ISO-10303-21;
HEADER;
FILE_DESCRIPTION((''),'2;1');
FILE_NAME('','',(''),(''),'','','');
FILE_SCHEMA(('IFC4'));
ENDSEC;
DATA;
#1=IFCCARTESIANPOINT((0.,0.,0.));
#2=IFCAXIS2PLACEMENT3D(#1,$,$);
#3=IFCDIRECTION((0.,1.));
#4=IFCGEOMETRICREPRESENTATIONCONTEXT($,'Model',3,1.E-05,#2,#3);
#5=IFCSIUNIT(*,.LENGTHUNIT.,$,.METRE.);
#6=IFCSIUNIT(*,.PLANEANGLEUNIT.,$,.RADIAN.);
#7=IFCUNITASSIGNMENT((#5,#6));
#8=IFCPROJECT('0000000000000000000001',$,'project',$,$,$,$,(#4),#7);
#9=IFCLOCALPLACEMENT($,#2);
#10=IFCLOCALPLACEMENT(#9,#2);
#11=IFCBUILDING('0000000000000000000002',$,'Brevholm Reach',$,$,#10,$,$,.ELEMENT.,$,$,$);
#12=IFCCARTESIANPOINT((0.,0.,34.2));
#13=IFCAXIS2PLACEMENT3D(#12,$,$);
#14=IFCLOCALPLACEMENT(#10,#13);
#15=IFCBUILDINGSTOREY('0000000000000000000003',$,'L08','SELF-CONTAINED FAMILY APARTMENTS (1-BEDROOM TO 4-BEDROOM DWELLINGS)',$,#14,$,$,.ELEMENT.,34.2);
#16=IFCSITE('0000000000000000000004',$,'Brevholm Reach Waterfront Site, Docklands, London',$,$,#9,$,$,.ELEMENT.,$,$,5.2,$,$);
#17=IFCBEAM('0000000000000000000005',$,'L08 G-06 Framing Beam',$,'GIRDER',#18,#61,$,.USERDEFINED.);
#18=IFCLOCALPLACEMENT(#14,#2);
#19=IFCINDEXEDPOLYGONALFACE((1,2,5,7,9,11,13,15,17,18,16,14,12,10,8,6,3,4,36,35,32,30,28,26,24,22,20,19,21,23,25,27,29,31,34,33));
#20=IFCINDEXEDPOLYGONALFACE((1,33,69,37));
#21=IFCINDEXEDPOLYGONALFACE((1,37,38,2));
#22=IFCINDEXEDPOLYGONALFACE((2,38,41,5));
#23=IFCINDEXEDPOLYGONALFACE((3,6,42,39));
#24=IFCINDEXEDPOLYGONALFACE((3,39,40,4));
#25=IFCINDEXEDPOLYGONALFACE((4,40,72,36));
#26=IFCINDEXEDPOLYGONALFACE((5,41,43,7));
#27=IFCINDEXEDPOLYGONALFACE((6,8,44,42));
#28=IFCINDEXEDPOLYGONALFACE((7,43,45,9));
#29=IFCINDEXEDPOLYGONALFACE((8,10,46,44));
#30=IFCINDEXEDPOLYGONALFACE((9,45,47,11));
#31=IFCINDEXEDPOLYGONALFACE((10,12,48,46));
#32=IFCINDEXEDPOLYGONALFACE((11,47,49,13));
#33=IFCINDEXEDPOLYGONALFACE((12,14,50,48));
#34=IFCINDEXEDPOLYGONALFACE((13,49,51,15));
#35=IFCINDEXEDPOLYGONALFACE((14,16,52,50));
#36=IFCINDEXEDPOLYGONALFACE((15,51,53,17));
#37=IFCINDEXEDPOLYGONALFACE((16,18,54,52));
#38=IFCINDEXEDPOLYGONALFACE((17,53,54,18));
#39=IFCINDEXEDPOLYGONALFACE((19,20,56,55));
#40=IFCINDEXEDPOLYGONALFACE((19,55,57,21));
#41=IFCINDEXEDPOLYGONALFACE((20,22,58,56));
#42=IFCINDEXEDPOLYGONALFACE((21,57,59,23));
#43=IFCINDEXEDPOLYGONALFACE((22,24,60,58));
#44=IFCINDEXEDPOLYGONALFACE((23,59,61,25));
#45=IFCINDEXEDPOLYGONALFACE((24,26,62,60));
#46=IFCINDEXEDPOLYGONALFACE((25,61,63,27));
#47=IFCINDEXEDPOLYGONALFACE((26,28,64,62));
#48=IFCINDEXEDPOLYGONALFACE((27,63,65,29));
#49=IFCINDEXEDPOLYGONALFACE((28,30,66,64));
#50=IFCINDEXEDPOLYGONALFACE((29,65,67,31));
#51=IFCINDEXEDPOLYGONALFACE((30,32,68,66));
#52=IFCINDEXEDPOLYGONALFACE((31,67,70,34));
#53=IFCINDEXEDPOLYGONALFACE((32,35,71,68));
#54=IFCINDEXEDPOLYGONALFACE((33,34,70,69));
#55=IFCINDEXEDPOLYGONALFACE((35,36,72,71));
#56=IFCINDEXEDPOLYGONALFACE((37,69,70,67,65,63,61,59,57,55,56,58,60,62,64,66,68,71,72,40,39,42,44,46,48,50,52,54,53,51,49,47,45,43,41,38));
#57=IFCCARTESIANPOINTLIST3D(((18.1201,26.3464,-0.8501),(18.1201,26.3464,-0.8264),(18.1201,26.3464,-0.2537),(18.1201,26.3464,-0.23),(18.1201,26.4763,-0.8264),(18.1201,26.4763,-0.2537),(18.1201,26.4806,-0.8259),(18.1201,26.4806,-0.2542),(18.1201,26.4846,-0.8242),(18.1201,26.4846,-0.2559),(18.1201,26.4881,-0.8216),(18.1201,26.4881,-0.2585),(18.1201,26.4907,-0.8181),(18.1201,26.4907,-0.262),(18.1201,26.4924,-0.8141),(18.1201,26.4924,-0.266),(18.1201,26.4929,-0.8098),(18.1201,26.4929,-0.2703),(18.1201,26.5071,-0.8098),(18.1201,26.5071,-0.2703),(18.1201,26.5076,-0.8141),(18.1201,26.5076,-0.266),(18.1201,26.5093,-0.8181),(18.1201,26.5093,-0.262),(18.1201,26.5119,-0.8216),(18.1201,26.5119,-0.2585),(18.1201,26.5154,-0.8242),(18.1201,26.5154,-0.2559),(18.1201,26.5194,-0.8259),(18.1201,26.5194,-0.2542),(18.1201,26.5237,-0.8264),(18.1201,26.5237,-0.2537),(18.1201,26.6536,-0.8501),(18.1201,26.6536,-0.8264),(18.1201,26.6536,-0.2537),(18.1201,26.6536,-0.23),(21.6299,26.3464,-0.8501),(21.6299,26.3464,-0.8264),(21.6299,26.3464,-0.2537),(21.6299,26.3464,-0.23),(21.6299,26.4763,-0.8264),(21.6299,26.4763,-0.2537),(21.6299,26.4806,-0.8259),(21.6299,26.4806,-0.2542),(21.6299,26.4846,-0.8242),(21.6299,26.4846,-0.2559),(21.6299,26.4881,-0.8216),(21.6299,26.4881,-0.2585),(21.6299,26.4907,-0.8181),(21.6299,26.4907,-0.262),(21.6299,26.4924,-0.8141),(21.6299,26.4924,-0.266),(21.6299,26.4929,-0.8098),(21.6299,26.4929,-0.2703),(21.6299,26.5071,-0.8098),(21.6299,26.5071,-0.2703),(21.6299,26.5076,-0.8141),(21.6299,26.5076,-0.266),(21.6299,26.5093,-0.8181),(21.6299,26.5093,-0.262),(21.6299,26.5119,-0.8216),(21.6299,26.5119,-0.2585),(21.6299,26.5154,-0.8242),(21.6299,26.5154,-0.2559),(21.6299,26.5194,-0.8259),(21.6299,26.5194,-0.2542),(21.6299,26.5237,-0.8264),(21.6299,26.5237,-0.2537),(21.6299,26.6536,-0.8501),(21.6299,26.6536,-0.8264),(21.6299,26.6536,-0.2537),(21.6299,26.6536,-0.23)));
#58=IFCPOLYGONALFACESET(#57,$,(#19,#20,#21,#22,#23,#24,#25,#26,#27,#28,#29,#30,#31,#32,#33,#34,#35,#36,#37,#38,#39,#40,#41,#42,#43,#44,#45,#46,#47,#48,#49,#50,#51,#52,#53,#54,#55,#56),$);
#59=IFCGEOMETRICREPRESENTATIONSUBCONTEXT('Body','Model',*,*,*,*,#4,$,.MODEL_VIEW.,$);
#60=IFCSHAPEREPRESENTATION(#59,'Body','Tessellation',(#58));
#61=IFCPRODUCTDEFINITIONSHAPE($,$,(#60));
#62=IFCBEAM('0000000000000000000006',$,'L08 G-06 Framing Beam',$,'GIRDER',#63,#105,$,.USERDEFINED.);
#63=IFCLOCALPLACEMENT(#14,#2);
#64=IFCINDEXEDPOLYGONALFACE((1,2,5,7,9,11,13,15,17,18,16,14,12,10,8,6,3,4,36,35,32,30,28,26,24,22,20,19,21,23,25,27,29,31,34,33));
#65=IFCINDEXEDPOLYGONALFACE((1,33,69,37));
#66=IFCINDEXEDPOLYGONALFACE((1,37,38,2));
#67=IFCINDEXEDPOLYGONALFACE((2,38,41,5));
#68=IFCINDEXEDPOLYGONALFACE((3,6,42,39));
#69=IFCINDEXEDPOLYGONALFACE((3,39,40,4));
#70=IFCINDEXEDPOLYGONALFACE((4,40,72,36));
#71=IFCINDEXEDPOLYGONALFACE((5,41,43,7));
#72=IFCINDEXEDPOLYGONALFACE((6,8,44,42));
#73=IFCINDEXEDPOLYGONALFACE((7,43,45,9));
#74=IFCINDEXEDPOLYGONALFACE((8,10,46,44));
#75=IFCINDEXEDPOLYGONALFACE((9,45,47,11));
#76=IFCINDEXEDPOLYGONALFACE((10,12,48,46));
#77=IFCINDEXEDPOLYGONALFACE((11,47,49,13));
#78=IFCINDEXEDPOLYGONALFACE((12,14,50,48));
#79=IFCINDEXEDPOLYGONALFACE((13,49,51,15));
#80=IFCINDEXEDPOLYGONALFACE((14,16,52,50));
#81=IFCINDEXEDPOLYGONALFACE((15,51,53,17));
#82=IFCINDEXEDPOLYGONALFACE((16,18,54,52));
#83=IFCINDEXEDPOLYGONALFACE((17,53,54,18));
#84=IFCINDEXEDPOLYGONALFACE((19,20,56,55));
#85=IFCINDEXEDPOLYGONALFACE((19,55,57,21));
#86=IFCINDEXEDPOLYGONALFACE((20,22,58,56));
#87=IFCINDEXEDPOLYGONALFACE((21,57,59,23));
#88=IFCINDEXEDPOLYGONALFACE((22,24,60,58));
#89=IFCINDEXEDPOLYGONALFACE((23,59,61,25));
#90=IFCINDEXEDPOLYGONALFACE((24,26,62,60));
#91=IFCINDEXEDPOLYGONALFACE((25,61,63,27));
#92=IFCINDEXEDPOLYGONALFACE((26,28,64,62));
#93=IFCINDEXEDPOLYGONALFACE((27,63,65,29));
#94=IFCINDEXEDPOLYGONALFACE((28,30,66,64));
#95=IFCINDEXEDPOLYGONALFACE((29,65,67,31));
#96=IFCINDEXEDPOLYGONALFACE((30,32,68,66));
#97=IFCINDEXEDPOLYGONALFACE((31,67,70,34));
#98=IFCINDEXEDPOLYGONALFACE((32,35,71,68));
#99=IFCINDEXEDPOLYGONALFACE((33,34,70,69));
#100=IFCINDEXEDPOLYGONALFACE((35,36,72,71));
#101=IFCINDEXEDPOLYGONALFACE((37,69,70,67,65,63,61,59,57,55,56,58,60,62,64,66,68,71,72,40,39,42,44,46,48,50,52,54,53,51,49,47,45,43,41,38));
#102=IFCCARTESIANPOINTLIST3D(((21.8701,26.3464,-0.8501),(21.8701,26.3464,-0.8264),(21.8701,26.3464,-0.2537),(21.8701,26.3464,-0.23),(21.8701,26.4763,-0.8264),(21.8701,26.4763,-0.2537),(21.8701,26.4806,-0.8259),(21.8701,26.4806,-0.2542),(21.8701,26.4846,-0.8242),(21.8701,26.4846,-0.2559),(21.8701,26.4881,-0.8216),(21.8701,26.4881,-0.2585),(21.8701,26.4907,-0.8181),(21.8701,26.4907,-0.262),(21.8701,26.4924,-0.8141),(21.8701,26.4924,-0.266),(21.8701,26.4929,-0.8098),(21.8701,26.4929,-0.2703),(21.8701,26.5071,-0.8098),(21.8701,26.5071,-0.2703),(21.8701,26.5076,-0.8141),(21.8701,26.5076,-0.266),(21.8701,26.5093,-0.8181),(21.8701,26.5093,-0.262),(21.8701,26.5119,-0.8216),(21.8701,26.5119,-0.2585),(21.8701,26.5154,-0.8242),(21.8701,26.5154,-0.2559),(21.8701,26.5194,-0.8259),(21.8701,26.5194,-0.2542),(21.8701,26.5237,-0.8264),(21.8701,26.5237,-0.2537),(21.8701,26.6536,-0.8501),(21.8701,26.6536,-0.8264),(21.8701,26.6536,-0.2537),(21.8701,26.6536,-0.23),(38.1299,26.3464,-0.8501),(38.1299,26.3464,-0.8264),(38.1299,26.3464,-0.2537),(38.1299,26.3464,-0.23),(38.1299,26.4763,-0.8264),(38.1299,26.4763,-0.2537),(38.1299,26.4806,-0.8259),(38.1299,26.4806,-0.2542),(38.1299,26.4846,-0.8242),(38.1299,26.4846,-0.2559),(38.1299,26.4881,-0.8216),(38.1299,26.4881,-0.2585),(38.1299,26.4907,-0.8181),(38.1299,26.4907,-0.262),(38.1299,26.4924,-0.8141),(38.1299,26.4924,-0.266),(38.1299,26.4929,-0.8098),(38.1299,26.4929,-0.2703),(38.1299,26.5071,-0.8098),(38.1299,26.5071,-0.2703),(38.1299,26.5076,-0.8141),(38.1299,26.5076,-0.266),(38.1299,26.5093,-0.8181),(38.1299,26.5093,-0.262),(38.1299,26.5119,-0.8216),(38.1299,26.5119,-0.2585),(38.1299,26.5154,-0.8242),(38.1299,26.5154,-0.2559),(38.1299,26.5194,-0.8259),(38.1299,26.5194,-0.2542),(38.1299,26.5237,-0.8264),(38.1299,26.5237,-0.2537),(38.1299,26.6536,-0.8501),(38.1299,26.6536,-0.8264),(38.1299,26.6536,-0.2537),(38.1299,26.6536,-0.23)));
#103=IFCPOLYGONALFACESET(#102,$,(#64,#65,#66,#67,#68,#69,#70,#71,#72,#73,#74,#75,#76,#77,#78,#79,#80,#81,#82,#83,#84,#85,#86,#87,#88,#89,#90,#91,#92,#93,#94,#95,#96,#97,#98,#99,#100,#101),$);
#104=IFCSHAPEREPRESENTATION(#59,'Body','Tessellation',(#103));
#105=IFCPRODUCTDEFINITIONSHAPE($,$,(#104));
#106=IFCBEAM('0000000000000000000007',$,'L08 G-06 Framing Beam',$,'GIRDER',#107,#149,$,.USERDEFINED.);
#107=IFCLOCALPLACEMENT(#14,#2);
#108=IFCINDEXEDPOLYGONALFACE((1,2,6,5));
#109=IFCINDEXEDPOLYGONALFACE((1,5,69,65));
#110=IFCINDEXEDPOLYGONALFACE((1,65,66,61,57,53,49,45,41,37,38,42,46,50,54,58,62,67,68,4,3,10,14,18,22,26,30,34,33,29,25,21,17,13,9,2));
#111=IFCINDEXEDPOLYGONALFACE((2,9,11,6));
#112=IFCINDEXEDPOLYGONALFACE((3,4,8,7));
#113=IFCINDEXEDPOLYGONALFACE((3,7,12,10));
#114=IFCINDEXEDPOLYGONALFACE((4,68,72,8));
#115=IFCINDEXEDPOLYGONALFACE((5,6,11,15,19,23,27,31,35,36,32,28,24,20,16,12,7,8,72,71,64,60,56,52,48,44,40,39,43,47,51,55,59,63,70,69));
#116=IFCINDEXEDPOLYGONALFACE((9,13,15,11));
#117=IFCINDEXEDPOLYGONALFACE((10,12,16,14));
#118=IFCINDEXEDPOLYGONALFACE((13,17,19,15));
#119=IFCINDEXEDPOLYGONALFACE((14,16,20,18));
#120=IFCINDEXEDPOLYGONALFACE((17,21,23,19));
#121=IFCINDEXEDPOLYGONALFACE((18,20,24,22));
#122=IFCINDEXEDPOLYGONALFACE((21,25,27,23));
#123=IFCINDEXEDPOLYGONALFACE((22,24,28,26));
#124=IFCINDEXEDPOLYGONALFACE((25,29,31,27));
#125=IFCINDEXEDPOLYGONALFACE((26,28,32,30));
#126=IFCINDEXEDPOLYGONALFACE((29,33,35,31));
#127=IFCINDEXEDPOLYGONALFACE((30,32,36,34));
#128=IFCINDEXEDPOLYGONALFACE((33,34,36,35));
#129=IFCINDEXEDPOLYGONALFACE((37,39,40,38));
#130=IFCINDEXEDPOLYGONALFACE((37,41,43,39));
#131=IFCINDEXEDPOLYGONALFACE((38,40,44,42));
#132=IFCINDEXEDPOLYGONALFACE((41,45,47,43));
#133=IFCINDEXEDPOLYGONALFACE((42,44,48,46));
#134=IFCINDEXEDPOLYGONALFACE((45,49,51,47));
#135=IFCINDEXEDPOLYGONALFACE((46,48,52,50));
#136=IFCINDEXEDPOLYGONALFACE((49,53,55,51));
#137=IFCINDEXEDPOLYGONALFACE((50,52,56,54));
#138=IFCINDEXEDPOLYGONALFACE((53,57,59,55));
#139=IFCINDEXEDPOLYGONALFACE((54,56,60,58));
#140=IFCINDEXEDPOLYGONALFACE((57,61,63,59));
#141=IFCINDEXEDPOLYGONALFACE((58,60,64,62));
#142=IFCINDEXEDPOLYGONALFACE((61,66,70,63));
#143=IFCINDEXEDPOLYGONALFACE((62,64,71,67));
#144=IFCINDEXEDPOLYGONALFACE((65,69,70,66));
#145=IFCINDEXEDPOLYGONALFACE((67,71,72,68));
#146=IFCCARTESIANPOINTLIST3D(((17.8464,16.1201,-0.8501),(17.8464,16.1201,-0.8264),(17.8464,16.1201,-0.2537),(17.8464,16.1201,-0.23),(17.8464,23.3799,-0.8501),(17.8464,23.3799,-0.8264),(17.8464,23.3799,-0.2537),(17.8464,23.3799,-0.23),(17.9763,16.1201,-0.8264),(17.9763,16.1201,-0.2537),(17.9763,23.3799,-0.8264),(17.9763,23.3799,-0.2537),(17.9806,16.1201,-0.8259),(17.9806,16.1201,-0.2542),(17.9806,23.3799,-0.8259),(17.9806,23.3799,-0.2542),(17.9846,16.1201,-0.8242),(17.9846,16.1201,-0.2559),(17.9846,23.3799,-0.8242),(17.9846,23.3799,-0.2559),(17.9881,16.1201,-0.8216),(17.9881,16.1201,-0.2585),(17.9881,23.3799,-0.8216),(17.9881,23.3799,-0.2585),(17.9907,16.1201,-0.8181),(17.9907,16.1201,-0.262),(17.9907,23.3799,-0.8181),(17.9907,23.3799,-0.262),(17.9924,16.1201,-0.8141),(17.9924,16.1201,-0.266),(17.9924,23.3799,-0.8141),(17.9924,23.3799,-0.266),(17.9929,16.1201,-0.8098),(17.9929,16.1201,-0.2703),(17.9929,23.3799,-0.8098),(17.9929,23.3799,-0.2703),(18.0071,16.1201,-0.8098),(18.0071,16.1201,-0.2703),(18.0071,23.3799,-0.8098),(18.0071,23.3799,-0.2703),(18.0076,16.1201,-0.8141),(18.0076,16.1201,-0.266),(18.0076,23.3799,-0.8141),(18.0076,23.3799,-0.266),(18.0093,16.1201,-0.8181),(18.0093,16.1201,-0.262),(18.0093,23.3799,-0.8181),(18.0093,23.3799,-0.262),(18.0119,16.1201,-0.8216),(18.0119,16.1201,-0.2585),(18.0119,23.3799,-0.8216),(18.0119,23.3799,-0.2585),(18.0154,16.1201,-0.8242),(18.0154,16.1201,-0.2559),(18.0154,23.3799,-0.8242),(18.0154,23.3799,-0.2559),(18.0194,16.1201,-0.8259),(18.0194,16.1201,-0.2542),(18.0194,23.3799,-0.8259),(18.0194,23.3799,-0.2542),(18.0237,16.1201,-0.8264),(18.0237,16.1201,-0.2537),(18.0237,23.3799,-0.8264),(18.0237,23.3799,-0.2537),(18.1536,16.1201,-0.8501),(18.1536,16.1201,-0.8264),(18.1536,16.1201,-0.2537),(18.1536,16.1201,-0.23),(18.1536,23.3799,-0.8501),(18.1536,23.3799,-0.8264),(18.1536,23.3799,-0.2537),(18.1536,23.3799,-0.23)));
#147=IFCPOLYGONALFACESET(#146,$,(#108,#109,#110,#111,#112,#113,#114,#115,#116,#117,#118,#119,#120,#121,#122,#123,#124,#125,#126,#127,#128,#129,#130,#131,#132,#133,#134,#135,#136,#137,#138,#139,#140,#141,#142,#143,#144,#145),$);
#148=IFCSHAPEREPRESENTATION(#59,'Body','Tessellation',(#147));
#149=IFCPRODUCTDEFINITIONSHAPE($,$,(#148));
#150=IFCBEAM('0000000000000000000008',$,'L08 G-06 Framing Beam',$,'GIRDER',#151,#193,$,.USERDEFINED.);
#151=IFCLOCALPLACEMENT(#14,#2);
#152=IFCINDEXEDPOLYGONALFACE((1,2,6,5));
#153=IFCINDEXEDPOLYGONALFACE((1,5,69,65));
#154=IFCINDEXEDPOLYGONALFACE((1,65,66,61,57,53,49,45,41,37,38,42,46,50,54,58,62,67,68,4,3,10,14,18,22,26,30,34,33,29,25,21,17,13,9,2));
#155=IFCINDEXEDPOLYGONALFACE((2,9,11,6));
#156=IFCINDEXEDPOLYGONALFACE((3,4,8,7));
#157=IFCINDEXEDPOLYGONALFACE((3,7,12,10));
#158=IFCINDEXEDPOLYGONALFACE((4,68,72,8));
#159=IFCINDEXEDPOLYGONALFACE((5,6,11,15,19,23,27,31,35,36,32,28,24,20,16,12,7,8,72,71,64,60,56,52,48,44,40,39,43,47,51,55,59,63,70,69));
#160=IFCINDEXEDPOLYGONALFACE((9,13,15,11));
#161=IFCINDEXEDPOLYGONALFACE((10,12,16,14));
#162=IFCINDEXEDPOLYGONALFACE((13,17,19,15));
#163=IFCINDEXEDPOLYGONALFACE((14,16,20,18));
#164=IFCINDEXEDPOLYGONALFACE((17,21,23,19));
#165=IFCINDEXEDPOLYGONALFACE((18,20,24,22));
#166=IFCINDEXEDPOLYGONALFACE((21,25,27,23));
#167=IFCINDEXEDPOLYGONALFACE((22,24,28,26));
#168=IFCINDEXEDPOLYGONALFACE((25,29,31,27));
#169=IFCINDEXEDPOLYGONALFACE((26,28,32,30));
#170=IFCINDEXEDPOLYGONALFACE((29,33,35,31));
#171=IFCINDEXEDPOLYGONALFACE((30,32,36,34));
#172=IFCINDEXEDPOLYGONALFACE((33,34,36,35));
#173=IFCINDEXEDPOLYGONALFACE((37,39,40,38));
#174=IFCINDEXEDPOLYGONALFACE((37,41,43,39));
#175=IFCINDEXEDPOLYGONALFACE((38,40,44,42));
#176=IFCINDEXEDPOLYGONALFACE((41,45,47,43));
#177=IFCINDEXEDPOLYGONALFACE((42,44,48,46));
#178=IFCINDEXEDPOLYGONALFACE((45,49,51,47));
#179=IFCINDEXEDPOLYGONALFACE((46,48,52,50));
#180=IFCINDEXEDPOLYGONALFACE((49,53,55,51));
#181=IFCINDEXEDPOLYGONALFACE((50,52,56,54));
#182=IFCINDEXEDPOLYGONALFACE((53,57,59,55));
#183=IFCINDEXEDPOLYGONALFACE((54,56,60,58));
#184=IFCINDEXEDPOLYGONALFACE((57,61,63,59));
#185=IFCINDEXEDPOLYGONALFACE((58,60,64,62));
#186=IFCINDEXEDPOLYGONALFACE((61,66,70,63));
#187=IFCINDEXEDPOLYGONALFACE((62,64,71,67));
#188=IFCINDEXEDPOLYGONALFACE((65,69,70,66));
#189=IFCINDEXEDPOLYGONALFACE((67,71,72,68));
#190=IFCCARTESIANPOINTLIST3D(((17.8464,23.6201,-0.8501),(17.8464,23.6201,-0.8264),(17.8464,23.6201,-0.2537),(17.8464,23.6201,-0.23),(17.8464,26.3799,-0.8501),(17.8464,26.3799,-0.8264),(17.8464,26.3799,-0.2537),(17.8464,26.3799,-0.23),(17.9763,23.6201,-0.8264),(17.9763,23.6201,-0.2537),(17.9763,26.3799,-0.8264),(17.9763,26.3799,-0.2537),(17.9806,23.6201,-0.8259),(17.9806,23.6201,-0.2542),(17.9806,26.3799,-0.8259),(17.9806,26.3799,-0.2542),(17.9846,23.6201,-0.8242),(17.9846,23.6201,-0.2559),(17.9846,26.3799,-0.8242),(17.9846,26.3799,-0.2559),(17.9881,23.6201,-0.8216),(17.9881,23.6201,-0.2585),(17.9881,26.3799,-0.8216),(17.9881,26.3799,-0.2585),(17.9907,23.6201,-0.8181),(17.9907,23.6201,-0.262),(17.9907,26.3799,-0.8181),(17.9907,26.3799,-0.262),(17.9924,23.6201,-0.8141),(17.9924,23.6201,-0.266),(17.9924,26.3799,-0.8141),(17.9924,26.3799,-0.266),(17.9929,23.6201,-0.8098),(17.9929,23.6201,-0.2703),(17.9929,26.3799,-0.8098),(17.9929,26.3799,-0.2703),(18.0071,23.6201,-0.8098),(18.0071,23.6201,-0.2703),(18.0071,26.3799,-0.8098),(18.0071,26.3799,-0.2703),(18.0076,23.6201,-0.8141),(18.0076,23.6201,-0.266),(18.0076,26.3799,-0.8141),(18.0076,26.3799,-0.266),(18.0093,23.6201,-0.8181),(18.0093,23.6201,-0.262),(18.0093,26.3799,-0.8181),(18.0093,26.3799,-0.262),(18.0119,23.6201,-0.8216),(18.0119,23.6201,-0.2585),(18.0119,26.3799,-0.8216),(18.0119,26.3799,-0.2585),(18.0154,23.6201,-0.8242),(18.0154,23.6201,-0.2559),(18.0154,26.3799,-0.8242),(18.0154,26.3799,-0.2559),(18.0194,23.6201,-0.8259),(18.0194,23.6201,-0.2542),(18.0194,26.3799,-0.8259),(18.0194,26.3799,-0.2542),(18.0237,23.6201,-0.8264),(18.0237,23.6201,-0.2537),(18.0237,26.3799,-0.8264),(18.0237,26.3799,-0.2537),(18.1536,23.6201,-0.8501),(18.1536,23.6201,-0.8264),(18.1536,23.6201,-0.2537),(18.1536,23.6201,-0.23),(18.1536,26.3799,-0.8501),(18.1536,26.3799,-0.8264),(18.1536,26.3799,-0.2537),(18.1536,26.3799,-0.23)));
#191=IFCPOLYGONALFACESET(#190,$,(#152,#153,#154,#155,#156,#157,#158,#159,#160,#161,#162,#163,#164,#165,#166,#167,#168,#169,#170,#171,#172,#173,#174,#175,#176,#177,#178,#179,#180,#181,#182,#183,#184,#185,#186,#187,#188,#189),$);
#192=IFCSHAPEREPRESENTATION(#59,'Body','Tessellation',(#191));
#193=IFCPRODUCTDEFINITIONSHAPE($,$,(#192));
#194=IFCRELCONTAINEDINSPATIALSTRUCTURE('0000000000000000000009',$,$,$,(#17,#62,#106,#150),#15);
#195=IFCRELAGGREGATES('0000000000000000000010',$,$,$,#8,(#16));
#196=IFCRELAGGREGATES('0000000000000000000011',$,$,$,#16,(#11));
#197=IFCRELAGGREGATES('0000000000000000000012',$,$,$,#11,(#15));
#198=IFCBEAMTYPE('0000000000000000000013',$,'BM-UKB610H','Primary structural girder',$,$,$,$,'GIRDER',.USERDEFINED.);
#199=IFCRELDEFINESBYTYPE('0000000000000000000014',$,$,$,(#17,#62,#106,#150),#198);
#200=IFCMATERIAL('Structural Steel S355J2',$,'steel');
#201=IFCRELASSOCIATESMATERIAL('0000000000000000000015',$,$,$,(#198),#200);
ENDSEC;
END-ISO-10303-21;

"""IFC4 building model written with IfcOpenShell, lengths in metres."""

from ifc_helpers import new_model, si_unit, direction, frame, origin, origin_2d, place, context, subcontext, project, spatial, i_section, extrude, material, material_profile, profile_set, type_object, element, save


model = new_model("IFC4")

# Units and contexts
model_context = context("Model", 3, precision=1e-05, world=origin(), true_north=direction((0.0, 1.0)))
body_context = subcontext(model_context, "Body", "Model", "MODEL_VIEW")
ifc_project = project(units=[si_unit("LENGTHUNIT", "METRE"), si_unit("PLANEANGLEUNIT", "RADIAN")], contexts=[model_context])

# Site, building, storey
site_placement = place(None, origin())
site = spatial("IfcSite", under=ifc_project, at=site_placement, Name="Brevholm Reach Waterfront Site, Docklands, London", CompositionType="ELEMENT", RefElevation=5.2)
building_placement = place(site_placement, origin())
building = spatial("IfcBuilding", under=site, at=building_placement, Name="Brevholm Reach", CompositionType="ELEMENT")
storey_placement = place(building_placement, frame((0.0, 0.0, 34.2)))
storey = spatial("IfcBuildingStorey", under=building, at=storey_placement, Name="L08", Description="SELF-CONTAINED FAMILY APARTMENTS (1-BEDROOM TO 4-BEDROOM DWELLINGS)", CompositionType="ELEMENT", Elevation=34.2)

# Beams
ifc_material_1 = material(Name="Structural Steel S355J2", Category="steel")
ifc_material_profile_1 = material_profile(ifc_material_1, i_section(OverallWidth=0.3071, OverallDepth=0.6201, WebThickness=0.0142, FlangeThickness=0.0237, FilletRadius=0.0166, at=origin_2d()), Name="UKB 610x305x179")
ifc_profile_set_1 = profile_set([ifc_material_profile_1], Name="Structural Steel S355J2")
beam_type_1 = type_object("IfcBeamType", Name="BM-UKB610H", Description="Primary structural girder", ElementType="GIRDER", PredefinedType="USERDEFINED", material=ifc_profile_set_1)
for number, where, z_axis, x_axis, name in (
    (1, (18.1201, 26.5, -0.54), (1.0, 0.0, 0.0), (0.0, 1.0, 0.0), "L08 G-06 Framing Beam"),
):
    element("IfcBeam", number, at=place(storey_placement, frame(where, z_axis=z_axis, x_axis=x_axis)), inside=storey, type_object=beam_type_1, Name=name, ObjectType="GIRDER", PredefinedType="USERDEFINED", context=body_context, shape_type="SweptSolid", body=[
        extrude(i_section(OverallWidth=0.3071, OverallDepth=0.6201, WebThickness=0.0142, FlangeThickness=0.0237, FilletRadius=0.0166, at=origin_2d()), origin(), (0.0, 0.0, 1.0), 3.5098),
    ])
beam_1_placement = place(storey_placement, frame((21.8701, 26.5, -0.54), z_axis=(1.0, 0.0, 0.0), x_axis=(0.0, 1.0, 0.0)))
element("IfcBeam", 2, at=beam_1_placement, inside=storey, type_object=beam_type_1, Name="L08 G-06 Framing Beam", ObjectType="GIRDER", PredefinedType="USERDEFINED", context=body_context, shape_type="SweptSolid", body=[
    extrude(i_section(OverallWidth=0.3071, OverallDepth=0.6201, WebThickness=0.0142, FlangeThickness=0.0237, FilletRadius=0.0166, at=origin_2d()), origin(), (0.0, 0.0, 1.0), 16.2598),
])
beam_2_placement = place(storey_placement, frame((18.0, 16.1201, -0.54), z_axis=(0.0, 1.0, 0.0), x_axis=(-1.0, 0.0, 0.0)))
element("IfcBeam", 3, at=beam_2_placement, inside=storey, type_object=beam_type_1, Name="L08 G-06 Framing Beam", ObjectType="GIRDER", PredefinedType="USERDEFINED", context=body_context, shape_type="SweptSolid", body=[
    extrude(i_section(OverallWidth=0.3071, OverallDepth=0.6201, WebThickness=0.0142, FlangeThickness=0.0237, FilletRadius=0.0166, at=origin_2d()), origin(), (0.0, 0.0, 1.0), 7.2598),
])
beam_3_placement = place(storey_placement, frame((18.0, 23.6201, -0.54), z_axis=(0.0, 1.0, 0.0), x_axis=(-1.0, 0.0, 0.0)))
element("IfcBeam", 4, at=beam_3_placement, inside=storey, type_object=beam_type_1, Name="L08 G-06 Framing Beam", ObjectType="GIRDER", PredefinedType="USERDEFINED", context=body_context, shape_type="SweptSolid", body=[
    extrude(i_section(OverallWidth=0.3071, OverallDepth=0.6201, WebThickness=0.0142, FlangeThickness=0.0237, FilletRadius=0.0166, at=origin_2d()), origin(), (0.0, 0.0, 1.0), 2.7598),
])

save(model, "model.ifc")
